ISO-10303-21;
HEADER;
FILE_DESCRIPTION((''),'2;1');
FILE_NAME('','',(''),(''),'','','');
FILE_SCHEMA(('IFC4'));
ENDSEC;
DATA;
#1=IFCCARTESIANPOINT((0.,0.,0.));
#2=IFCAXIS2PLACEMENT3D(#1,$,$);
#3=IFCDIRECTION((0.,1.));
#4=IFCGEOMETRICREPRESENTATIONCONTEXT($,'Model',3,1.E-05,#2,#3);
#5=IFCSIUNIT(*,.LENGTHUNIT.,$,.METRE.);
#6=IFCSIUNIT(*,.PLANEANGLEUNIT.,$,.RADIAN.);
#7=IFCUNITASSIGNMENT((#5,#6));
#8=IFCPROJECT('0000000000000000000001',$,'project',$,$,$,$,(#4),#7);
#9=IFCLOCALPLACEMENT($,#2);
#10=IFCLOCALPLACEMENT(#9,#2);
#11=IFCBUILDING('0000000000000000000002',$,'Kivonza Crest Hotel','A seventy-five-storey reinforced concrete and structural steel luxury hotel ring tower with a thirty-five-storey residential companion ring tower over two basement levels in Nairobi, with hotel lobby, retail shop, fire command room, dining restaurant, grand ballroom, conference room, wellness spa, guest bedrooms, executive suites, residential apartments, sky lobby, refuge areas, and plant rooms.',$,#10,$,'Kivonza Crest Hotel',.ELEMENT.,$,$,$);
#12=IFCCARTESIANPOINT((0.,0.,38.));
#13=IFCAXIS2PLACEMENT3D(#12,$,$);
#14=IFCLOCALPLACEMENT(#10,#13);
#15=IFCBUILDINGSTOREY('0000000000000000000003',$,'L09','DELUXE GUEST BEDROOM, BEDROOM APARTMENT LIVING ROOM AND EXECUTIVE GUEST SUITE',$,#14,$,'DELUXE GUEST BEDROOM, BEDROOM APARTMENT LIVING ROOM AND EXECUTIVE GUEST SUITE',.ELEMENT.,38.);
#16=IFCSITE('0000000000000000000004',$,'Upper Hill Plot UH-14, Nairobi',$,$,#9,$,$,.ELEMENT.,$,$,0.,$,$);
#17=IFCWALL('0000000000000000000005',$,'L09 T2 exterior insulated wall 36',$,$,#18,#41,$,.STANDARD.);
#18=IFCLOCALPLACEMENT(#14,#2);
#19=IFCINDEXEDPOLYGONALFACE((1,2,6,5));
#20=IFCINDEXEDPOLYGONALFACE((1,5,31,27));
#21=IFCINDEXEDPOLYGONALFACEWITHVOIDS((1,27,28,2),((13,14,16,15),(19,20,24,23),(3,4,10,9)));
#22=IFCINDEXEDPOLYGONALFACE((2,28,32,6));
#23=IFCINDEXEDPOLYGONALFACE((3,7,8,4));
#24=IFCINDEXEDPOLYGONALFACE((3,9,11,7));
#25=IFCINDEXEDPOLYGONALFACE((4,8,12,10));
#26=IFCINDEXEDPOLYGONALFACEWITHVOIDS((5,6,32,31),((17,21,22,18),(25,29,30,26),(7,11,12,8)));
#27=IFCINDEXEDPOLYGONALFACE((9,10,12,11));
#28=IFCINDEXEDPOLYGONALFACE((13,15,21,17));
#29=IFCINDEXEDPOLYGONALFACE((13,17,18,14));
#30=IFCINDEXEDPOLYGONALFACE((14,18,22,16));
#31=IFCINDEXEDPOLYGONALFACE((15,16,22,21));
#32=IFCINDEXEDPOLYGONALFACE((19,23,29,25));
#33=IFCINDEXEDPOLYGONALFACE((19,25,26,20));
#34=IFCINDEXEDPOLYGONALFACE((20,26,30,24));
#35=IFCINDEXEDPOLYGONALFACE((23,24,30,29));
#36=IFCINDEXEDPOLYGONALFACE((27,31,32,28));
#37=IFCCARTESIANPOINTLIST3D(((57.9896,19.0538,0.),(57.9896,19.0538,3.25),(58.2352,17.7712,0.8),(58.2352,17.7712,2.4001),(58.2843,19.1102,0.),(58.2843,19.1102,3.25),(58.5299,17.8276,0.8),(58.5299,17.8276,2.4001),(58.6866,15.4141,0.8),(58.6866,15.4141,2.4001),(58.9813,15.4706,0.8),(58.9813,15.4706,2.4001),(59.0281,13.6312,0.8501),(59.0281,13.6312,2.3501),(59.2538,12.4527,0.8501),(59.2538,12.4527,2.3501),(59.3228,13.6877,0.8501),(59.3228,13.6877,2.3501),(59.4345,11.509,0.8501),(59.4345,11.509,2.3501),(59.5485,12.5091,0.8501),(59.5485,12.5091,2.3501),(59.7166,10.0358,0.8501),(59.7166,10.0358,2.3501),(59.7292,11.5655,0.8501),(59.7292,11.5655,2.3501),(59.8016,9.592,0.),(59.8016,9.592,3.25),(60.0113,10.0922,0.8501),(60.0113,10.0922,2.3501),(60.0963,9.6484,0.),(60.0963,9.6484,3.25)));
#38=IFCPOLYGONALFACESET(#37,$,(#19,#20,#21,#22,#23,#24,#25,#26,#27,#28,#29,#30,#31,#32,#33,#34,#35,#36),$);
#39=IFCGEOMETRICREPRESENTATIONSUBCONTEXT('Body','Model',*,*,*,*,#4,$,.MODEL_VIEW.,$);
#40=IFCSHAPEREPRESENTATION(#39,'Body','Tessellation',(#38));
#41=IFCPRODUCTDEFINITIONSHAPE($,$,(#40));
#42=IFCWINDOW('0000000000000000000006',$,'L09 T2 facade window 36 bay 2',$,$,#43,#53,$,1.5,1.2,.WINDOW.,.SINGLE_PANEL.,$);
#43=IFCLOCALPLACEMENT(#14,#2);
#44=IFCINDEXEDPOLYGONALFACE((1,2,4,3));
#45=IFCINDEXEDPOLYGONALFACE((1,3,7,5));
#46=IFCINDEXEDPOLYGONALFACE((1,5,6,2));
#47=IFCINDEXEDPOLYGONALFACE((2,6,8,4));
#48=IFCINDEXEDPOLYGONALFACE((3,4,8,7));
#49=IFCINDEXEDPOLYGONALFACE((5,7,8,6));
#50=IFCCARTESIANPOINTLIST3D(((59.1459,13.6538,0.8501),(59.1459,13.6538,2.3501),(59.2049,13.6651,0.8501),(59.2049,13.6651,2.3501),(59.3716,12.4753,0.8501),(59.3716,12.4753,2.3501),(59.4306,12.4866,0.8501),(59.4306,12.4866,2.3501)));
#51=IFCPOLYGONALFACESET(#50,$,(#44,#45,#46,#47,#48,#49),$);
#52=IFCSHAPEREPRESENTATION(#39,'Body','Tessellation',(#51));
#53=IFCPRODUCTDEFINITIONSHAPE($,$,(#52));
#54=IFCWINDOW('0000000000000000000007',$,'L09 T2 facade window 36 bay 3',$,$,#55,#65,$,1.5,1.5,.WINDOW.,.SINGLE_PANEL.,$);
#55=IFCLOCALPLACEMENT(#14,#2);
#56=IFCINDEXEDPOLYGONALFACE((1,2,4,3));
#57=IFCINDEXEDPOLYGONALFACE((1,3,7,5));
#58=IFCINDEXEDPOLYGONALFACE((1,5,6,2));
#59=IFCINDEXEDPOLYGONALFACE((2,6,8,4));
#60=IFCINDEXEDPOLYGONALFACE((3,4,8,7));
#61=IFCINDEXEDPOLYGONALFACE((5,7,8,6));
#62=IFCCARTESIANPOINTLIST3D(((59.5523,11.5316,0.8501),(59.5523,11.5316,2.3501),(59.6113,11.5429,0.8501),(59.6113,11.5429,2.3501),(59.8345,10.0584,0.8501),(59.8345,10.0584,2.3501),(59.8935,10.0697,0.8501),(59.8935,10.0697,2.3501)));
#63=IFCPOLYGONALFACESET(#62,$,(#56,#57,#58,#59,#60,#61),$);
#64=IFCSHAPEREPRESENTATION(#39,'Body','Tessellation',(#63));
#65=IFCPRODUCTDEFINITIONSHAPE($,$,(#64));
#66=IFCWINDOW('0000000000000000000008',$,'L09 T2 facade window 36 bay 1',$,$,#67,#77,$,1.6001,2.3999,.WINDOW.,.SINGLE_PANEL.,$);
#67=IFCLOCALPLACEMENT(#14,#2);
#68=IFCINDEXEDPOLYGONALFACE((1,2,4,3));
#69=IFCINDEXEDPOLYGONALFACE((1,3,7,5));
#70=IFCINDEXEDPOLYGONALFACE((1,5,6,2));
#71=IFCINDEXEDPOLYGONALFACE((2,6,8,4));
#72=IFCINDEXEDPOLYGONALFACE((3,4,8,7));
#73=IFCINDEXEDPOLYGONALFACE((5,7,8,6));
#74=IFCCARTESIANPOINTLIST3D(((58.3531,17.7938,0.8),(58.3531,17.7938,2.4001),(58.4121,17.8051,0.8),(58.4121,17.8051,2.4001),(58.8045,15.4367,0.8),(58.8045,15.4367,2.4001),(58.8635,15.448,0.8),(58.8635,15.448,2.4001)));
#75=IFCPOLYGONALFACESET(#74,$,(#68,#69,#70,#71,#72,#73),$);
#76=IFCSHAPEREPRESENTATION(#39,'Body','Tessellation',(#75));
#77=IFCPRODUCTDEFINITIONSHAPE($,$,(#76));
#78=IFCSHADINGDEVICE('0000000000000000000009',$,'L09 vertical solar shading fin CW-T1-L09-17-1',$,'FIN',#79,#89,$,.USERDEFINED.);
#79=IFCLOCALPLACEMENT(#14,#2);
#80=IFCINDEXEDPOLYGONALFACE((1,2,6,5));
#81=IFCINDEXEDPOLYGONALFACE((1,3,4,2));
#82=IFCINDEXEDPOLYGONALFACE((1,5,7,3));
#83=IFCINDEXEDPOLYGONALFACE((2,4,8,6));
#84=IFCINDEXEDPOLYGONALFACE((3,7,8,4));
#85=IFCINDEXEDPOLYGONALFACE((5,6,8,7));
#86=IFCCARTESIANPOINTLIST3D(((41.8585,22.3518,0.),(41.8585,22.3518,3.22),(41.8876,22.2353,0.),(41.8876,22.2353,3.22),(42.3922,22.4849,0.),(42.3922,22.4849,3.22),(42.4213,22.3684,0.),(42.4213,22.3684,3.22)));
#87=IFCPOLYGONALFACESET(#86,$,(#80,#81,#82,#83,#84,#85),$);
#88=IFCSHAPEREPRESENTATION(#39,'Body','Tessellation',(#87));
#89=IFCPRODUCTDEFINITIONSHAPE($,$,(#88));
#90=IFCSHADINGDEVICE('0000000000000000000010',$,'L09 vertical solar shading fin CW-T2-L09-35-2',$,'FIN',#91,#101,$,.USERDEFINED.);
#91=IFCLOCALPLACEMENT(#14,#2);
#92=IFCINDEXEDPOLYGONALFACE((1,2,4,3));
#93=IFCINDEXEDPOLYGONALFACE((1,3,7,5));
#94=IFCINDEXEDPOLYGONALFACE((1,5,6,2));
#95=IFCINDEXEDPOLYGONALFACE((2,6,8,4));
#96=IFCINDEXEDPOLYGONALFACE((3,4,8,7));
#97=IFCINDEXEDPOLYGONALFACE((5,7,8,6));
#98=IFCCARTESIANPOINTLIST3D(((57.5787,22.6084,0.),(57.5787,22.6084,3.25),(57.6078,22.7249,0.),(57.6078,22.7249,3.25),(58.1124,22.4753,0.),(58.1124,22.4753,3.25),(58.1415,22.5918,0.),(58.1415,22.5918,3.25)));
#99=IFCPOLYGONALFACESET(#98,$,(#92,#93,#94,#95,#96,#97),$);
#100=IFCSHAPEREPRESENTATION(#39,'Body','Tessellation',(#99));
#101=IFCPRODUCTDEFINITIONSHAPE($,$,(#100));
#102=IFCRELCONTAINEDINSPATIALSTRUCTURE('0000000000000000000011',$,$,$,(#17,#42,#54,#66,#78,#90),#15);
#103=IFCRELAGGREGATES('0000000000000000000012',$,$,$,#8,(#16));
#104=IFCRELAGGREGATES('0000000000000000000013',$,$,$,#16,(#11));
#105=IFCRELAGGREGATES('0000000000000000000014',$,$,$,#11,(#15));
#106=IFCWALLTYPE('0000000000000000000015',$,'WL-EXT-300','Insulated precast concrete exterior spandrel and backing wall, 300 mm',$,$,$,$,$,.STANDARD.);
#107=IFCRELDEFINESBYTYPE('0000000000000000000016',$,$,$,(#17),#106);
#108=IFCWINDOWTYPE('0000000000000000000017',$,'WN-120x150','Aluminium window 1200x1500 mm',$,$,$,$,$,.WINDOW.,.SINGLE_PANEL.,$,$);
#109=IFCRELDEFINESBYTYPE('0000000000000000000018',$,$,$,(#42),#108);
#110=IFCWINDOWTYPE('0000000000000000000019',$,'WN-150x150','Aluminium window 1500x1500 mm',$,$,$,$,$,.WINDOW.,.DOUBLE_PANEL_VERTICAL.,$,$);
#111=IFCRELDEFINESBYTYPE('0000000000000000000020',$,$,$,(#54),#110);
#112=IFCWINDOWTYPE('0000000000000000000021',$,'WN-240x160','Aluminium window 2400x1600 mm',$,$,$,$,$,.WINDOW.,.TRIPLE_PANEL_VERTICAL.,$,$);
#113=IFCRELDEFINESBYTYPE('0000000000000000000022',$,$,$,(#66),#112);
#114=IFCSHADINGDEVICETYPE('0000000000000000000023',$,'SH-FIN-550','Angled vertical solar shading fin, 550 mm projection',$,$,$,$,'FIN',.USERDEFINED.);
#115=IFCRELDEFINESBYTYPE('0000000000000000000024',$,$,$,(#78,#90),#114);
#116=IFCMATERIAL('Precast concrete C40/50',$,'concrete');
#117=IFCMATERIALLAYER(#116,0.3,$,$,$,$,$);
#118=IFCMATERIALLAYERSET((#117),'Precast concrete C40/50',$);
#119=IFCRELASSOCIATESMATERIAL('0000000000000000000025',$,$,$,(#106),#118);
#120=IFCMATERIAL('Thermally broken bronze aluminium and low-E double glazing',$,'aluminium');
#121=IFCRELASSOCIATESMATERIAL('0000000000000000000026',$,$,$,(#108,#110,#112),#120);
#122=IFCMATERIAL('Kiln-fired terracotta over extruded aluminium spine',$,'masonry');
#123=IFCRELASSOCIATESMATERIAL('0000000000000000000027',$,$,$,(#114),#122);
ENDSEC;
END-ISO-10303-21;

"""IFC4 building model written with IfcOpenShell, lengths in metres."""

from ifc_helpers import new_model, si_unit, direction, frame, frame_2d, origin, origin_2d, place, context, subcontext, project, spatial, rectangle, extrude, material, layer, layer_set, type_object, element, fill, save


model = new_model("IFC4")

# Units and contexts
model_context = context("Model", 3, precision=1e-05, world=origin(), true_north=direction((0.0, 1.0)))
body_context = subcontext(model_context, "Body", "Model", "MODEL_VIEW")
ifc_project = project(units=[si_unit("LENGTHUNIT", "METRE"), si_unit("PLANEANGLEUNIT", "RADIAN")], contexts=[model_context])

# Site, building, storey
site_placement = place(None, origin())
site = spatial("IfcSite", under=ifc_project, at=site_placement, Name="Upper Hill Plot UH-14, Nairobi", CompositionType="ELEMENT", RefElevation=0.0)
building_placement = place(site_placement, origin())
building = spatial("IfcBuilding", under=site, at=building_placement, Name="Kivonza Crest Hotel", Description="A seventy-five-storey reinforced concrete and structural steel luxury hotel ring tower with a thirty-five-storey residential companion ring tower over two basement levels in Nairobi, with hotel lobby, retail shop, fire command room, dining restaurant, grand ballroom, conference room, wellness spa, guest bedrooms, executive suites, residential apartments, sky lobby, refuge areas, and plant rooms.", LongName="Kivonza Crest Hotel", CompositionType="ELEMENT")
storey_placement = place(building_placement, frame((0.0, 0.0, 38.0)))
storey = spatial("IfcBuildingStorey", under=building, at=storey_placement, Name="L09", Description="DELUXE GUEST BEDROOM, BEDROOM APARTMENT LIVING ROOM AND EXECUTIVE GUEST SUITE", LongName="DELUXE GUEST BEDROOM, BEDROOM APARTMENT LIVING ROOM AND EXECUTIVE GUEST SUITE", CompositionType="ELEMENT", Elevation=38.0)

# Wall, openings, windows
ifc_material_1 = material(Name="Precast concrete C40/50", Category="concrete")
ifc_layer_1 = layer(ifc_material_1, 0.3)
ifc_layer_set_1 = layer_set([ifc_layer_1], Name="Precast concrete C40/50")
wall_type_1 = type_object("IfcWallType", Name="WL-EXT-300", Description="Insulated precast concrete exterior spandrel and backing wall, 300 mm", PredefinedType="STANDARD", material=ifc_layer_set_1)
wall_1_placement = place(storey_placement, frame((58.137, 19.082, 0.0), z_axis=(0.0, 0.0, 1.0), x_axis=(0.188088, -0.982152, 0.0)))
wall_1 = element("IfcWall", 1, at=wall_1_placement, inside=storey, type_object=wall_type_1, Name="L09 T2 exterior insulated wall 36", PredefinedType="STANDARD", context=body_context, shape_type="SweptSolid", body=[
    extrude(rectangle(XDim=9.6338, YDim=0.3, at=frame_2d((4.8169, 0.0))), origin(), (0.0, 0.0, 1.0), 3.25),
])
opening_1_placement = place(wall_1_placement, frame((1.3059, 0.0, 0.8)))
opening_1 = element("IfcOpeningElement", 2, at=opening_1_placement, cuts=wall_1, PredefinedType="OPENING", context=body_context, shape_type="SweptSolid", body=[
    extrude(rectangle(XDim=2.3999, YDim=1.6001, at=frame_2d((1.2, 0.8))), frame((0.0, 0.1602, 0.0), z_axis=(0.0, -1.0, 0.0), x_axis=(1.0, 0.0, 0.0)), (0.0, 0.0, 1.0), 0.3201),
])
opening_2_placement = place(wall_1_placement, frame((5.521, 0.0, 0.8501)))
opening_2 = element("IfcOpeningElement", 3, at=opening_2_placement, cuts=wall_1, PredefinedType="OPENING", context=body_context, shape_type="SweptSolid", body=[
    extrude(rectangle(XDim=1.2, YDim=1.5, at=frame_2d((0.6001, 0.75))), frame((0.0, 0.1602, 0.0), z_axis=(0.0, -1.0, 0.0), x_axis=(1.0, 0.0, 0.0)), (0.0, 0.0, 1.0), 0.3201),
])
opening_3_placement = place(wall_1_placement, frame((7.6819, 0.0, 0.8501)))
opening_3 = element("IfcOpeningElement", 4, at=opening_3_placement, cuts=wall_1, PredefinedType="OPENING", context=body_context, shape_type="SweptSolid", body=[
    extrude(rectangle(XDim=1.5, YDim=1.5, at=frame_2d((0.75, 0.75))), frame((0.0, 0.1602, 0.0), z_axis=(0.0, -1.0, 0.0), x_axis=(1.0, 0.0, 0.0)), (0.0, 0.0, 1.0), 0.3201),
])
ifc_material_2 = material(Name="Thermally broken bronze aluminium and low-E double glazing", Category="aluminium")
window_type_1 = type_object("IfcWindowType", Name="WN-120x150", Description="Aluminium window 1200x1500 mm", PartitioningType="SINGLE_PANEL", PredefinedType="WINDOW", material=ifc_material_2)
window_1_placement = place(opening_2_placement, origin())
window_1 = element("IfcWindow", 5, at=window_1_placement, inside=storey, type_object=window_type_1, Name="L09 T2 facade window 36 bay 2", OverallHeight=1.5, OverallWidth=1.2, PartitioningType="SINGLE_PANEL", PredefinedType="WINDOW", context=body_context, shape_type="SweptSolid", body=[
    extrude(rectangle(XDim=1.2, YDim=1.5, at=frame_2d((0.6001, 0.75))), frame((0.0, 0.03, 0.0), z_axis=(0.0, -1.0, 0.0), x_axis=(1.0, 0.0, 0.0)), (0.0, 0.0, 1.0), 0.0601),
])
fill(opening_2, window_1)
window_type_2 = type_object("IfcWindowType", Name="WN-150x150", Description="Aluminium window 1500x1500 mm", PartitioningType="DOUBLE_PANEL_VERTICAL", PredefinedType="WINDOW", material=ifc_material_2)
window_2_placement = place(opening_3_placement, origin())
window_2 = element("IfcWindow", 6, at=window_2_placement, inside=storey, type_object=window_type_2, Name="L09 T2 facade window 36 bay 3", OverallHeight=1.5, OverallWidth=1.5, PartitioningType="SINGLE_PANEL", PredefinedType="WINDOW", context=body_context, shape_type="SweptSolid", body=[
    extrude(rectangle(XDim=1.5, YDim=1.5, at=frame_2d((0.75, 0.75))), frame((0.0, 0.03, 0.0), z_axis=(0.0, -1.0, 0.0), x_axis=(1.0, 0.0, 0.0)), (0.0, 0.0, 1.0), 0.0601),
])
fill(opening_3, window_2)
window_type_3 = type_object("IfcWindowType", Name="WN-240x160", Description="Aluminium window 2400x1600 mm", PartitioningType="TRIPLE_PANEL_VERTICAL", PredefinedType="WINDOW", material=ifc_material_2)
window_3_placement = place(opening_1_placement, origin())
window_3 = element("IfcWindow", 7, at=window_3_placement, inside=storey, type_object=window_type_3, Name="L09 T2 facade window 36 bay 1", OverallHeight=1.6001, OverallWidth=2.3999, PartitioningType="SINGLE_PANEL", PredefinedType="WINDOW", context=body_context, shape_type="SweptSolid", body=[
    extrude(rectangle(XDim=2.3999, YDim=1.6001, at=frame_2d((1.2, 0.8))), frame((0.0, 0.03, 0.0), z_axis=(0.0, -1.0, 0.0), x_axis=(1.0, 0.0, 0.0)), (0.0, 0.0, 1.0), 0.0601),
])
fill(opening_1, window_3)

# Shading devices
ifc_material_3 = material(Name="Kiln-fired terracotta over extruded aluminium spine", Category="masonry")
shading_device_type = type_object("IfcShadingDeviceType", Name="SH-FIN-550", Description="Angled vertical solar shading fin, 550 mm projection", ElementType="FIN", PredefinedType="USERDEFINED", material=ifc_material_3)
shading_device_1_placement = place(storey_placement, frame((42.1399, 22.3601, 0.0), z_axis=(0.0, 0.0, 1.0), x_axis=(-0.241922, 0.970296, 0.0)))
element("IfcShadingDevice", 8, at=shading_device_1_placement, inside=storey, type_object=shading_device_type, Name="L09 vertical solar shading fin CW-T1-L09-17-1", ObjectType="FIN", PredefinedType="USERDEFINED", context=body_context, shape_type="SweptSolid", body=[
    extrude(rectangle(XDim=0.1201, YDim=0.55, at=origin_2d()), origin(), (0.0, 0.0, 1.0), 3.22),
])
shading_device_2_placement = place(storey_placement, frame((57.8601, 22.6001, 0.0), z_axis=(0.0, 0.0, 1.0), x_axis=(-0.241922, -0.970296, 0.0)))
element("IfcShadingDevice", 9, at=shading_device_2_placement, inside=storey, type_object=shading_device_type, Name="L09 vertical solar shading fin CW-T2-L09-35-2", ObjectType="FIN", PredefinedType="USERDEFINED", context=body_context, shape_type="SweptSolid", body=[
    extrude(rectangle(XDim=0.1201, YDim=0.55, at=origin_2d()), origin(), (0.0, 0.0, 1.0), 3.25),
])

save(model, "model.ifc")
